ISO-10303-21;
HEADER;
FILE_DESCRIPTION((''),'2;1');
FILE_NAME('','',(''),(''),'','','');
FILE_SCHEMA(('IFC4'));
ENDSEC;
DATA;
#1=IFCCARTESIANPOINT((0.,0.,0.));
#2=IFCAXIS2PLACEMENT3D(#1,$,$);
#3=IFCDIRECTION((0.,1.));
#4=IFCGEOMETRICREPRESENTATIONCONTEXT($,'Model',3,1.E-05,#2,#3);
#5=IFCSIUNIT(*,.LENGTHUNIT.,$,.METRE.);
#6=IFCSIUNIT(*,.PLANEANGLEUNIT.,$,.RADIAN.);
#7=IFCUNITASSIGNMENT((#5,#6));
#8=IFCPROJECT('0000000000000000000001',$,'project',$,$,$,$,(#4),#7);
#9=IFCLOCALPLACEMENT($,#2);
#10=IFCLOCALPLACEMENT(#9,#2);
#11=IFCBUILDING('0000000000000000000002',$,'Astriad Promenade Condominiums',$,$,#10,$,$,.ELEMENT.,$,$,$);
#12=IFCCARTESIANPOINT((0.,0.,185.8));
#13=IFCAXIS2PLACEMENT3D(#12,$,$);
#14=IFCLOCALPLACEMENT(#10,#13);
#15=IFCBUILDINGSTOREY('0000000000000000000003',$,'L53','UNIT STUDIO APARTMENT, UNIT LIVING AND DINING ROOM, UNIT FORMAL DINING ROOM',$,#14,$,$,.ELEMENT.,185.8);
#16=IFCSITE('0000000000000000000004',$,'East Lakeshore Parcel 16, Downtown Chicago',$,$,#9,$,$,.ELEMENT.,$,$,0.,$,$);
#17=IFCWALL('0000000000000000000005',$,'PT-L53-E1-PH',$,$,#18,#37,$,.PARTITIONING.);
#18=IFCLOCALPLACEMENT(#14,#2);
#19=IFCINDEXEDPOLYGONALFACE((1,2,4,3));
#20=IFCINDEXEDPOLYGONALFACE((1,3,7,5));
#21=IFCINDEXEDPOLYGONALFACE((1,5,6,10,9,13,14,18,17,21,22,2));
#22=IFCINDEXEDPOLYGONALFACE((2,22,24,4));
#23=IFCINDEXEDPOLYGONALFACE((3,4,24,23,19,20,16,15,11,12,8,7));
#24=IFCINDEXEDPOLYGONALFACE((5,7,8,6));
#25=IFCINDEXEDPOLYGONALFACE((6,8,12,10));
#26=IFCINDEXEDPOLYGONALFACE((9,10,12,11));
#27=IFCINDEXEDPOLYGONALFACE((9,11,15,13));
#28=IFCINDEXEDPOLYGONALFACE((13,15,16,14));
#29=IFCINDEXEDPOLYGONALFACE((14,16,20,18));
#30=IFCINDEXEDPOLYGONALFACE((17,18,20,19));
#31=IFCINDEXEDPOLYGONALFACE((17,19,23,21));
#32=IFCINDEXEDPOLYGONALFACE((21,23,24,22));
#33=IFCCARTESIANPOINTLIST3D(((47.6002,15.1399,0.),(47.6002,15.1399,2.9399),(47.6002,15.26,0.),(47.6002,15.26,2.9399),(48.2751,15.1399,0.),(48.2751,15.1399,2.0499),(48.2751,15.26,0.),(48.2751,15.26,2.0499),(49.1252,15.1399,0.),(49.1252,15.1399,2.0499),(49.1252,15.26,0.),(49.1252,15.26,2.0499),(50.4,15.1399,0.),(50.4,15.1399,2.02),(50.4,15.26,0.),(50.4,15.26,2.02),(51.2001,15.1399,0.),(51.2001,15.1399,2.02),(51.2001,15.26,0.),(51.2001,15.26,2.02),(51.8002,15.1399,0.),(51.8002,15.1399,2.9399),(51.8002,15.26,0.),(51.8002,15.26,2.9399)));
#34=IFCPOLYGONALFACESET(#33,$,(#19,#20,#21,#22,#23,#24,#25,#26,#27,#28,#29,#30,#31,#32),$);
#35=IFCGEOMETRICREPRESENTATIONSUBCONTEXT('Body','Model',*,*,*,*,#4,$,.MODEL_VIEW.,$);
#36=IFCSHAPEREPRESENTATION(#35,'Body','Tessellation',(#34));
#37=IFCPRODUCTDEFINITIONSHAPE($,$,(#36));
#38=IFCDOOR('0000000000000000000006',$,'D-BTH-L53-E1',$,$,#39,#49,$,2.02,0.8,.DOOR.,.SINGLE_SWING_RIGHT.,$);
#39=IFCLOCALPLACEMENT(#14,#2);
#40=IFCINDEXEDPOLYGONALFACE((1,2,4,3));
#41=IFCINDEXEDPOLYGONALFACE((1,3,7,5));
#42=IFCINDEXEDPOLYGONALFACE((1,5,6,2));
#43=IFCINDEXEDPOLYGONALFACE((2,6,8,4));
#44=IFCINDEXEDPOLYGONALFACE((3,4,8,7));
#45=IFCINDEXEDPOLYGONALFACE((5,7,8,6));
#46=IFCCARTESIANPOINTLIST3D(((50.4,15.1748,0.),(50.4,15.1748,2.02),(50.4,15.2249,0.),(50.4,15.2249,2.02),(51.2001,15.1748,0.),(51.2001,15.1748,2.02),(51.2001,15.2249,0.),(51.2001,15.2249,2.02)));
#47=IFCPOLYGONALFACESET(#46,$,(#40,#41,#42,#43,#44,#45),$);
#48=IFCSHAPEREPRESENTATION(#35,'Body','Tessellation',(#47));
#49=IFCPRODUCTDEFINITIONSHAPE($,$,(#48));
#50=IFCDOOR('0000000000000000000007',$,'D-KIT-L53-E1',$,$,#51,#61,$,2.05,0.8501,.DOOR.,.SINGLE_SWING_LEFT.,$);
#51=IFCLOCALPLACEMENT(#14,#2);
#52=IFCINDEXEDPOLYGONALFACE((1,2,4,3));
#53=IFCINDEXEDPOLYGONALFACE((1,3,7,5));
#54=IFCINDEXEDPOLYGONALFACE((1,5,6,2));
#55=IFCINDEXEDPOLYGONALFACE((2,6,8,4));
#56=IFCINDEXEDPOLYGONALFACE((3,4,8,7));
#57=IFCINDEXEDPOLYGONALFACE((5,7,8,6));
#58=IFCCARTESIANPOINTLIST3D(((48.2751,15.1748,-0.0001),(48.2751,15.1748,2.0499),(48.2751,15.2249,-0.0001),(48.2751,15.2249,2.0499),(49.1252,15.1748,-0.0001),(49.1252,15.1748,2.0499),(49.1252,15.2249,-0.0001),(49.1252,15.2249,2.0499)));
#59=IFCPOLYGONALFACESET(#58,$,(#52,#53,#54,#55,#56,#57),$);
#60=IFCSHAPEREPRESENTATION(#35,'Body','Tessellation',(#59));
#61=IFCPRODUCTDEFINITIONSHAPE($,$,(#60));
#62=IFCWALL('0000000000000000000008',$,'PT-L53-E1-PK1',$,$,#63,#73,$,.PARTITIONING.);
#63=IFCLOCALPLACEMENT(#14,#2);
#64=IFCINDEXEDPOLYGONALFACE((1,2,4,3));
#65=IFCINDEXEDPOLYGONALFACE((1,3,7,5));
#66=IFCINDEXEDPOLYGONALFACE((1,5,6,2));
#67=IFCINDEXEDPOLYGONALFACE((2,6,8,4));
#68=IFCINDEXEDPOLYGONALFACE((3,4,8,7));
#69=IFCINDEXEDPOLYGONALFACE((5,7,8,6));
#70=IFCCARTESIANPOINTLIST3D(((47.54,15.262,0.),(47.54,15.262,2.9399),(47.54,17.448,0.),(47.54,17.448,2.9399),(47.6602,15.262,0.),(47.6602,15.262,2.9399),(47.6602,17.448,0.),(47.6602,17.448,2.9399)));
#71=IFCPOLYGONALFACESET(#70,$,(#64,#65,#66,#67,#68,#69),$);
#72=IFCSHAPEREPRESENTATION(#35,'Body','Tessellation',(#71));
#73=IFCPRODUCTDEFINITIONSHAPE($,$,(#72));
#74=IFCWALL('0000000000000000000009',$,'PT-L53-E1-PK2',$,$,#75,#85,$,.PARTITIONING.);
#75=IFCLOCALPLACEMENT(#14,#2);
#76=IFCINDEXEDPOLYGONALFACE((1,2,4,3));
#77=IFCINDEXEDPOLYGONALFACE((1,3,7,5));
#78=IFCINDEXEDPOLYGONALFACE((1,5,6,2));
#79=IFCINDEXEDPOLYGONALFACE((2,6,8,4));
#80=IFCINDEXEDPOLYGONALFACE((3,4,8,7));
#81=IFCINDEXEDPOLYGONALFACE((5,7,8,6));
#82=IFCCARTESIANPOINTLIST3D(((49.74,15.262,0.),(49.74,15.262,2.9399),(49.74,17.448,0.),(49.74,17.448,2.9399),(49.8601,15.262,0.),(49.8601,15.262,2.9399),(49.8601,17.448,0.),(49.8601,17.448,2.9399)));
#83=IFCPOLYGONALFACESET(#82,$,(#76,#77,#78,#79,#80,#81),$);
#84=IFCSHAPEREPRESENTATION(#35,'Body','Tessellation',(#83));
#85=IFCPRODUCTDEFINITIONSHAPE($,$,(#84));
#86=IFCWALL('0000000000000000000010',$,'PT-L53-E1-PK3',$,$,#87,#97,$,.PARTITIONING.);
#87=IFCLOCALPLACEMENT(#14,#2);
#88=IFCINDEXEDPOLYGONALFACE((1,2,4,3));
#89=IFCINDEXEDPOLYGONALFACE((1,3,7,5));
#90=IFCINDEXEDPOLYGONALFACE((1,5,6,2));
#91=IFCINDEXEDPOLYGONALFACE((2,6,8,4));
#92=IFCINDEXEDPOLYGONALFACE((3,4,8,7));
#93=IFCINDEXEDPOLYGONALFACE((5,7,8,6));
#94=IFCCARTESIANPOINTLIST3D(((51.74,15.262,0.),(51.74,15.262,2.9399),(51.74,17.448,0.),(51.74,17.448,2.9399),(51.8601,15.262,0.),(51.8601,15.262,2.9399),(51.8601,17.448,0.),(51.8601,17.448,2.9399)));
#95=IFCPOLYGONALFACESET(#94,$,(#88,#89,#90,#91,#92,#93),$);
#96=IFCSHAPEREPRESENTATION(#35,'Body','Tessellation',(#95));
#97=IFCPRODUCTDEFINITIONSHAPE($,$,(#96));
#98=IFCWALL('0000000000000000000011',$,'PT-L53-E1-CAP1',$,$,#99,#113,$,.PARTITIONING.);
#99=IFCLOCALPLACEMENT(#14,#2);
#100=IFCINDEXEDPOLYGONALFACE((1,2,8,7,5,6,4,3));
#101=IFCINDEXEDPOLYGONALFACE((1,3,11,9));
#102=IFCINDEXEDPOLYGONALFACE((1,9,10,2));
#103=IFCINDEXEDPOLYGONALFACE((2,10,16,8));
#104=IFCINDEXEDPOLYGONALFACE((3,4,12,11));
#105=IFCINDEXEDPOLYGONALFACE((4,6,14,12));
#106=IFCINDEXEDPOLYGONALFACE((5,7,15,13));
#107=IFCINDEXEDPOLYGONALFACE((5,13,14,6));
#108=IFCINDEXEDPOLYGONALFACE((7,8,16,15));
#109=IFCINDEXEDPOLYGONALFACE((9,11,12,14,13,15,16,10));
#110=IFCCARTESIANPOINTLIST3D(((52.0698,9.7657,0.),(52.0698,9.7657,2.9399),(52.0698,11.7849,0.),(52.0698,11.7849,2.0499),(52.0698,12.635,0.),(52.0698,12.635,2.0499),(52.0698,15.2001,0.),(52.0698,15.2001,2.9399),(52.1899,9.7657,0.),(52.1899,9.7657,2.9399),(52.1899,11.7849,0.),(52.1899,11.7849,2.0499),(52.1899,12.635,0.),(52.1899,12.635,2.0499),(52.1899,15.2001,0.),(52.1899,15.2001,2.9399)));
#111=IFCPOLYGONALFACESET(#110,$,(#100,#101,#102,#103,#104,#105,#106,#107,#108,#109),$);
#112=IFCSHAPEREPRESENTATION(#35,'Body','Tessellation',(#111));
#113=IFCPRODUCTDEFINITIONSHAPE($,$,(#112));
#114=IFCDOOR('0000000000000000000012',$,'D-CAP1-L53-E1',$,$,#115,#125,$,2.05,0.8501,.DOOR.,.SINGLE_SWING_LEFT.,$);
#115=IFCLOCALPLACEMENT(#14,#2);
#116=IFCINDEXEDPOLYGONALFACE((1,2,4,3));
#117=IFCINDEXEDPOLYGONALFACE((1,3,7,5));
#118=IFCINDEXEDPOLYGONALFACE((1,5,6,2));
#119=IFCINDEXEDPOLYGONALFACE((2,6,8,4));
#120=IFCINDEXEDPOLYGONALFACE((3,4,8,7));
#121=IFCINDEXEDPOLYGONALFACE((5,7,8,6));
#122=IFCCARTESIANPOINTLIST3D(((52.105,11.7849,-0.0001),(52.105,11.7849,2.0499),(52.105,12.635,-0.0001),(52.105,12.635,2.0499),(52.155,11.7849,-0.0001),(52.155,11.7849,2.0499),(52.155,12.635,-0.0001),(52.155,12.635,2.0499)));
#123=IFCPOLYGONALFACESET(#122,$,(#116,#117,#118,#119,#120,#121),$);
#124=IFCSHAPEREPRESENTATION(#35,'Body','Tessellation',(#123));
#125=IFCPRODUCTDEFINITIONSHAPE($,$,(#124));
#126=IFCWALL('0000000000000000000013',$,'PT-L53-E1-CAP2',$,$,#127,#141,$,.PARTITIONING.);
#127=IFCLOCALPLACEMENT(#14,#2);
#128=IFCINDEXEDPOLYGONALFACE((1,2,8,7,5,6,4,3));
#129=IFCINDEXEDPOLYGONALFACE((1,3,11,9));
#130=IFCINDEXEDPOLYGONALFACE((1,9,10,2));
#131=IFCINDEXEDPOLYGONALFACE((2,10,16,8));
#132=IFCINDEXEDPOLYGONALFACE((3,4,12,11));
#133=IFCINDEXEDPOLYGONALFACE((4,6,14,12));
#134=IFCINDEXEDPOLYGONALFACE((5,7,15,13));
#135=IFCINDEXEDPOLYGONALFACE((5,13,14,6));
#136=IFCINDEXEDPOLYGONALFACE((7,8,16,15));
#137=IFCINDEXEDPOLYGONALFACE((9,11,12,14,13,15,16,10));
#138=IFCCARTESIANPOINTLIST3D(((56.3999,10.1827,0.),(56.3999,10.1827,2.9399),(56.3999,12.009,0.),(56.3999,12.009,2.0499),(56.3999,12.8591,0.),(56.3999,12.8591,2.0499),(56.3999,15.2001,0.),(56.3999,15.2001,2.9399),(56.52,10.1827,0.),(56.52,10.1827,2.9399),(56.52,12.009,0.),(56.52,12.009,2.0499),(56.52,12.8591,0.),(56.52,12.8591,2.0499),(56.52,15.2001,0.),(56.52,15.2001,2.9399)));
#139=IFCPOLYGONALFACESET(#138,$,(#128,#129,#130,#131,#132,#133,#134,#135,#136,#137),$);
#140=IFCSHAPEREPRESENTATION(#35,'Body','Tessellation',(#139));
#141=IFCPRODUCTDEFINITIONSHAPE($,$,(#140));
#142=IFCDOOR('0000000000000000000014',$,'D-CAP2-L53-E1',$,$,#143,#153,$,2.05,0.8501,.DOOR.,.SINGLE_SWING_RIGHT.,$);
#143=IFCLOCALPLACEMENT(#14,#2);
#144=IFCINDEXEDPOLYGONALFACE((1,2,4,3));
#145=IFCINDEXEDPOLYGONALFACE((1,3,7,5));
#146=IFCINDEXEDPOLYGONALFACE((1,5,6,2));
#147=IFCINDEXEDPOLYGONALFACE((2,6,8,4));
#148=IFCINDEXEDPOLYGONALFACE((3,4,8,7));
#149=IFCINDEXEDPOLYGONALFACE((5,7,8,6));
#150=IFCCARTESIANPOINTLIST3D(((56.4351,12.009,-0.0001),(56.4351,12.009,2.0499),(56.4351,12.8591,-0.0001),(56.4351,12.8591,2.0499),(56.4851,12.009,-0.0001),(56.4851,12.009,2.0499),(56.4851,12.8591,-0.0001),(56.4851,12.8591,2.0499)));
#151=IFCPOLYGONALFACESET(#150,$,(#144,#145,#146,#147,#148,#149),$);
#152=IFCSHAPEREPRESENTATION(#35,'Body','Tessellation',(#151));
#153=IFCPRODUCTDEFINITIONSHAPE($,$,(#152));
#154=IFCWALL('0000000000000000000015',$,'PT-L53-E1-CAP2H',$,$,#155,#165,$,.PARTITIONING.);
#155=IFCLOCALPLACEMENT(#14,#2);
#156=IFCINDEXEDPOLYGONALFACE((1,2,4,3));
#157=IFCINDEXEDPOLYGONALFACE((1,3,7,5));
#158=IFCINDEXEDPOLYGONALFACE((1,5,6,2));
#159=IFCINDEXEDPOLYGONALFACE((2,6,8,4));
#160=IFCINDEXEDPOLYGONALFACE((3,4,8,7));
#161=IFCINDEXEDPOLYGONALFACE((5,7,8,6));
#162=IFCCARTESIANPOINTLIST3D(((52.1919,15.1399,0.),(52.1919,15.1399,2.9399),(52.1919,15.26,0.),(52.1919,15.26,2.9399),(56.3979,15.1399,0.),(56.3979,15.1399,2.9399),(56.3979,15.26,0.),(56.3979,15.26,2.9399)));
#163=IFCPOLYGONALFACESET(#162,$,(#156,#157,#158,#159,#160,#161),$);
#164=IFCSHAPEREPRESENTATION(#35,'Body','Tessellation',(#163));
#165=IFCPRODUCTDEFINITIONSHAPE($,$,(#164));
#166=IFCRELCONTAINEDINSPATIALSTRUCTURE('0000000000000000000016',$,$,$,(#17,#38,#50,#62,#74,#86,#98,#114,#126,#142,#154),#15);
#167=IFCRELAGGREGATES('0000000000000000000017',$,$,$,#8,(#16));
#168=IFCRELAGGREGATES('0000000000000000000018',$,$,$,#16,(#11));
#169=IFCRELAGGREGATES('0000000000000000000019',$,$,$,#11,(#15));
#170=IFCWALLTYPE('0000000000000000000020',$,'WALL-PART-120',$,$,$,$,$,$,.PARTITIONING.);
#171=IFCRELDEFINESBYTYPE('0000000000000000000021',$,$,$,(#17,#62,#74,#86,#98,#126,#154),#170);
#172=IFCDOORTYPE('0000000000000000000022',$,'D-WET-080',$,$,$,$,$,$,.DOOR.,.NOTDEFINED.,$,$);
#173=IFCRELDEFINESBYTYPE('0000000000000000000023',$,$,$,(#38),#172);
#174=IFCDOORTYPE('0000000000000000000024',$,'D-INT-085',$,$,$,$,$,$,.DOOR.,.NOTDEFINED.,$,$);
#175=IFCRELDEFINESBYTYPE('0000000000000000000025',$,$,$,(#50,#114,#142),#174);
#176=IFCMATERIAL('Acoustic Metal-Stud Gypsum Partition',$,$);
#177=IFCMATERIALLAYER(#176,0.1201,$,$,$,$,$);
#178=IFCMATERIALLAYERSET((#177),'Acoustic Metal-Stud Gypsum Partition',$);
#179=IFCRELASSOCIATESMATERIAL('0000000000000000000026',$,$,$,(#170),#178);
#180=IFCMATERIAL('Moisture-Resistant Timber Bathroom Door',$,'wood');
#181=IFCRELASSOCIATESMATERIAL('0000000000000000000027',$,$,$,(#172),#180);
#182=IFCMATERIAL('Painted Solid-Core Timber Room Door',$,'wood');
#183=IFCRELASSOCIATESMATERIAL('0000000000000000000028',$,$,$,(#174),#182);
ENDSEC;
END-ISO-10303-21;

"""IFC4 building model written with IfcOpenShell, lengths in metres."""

from ifc_helpers import new_model, si_unit, direction, frame, frame_2d, origin, place, context, subcontext, project, spatial, rectangle, extrude, source, transform, mapped, material, layer, layer_set, type_object, type_shapes, element, fill, save


model = new_model("IFC4")

# Units and contexts
model_context = context("Model", 3, precision=1e-05, world=origin(), true_north=direction((0.0, 1.0)))
body_context = subcontext(model_context, "Body", "Model", "MODEL_VIEW")
ifc_project = project(units=[si_unit("LENGTHUNIT", "METRE"), si_unit("PLANEANGLEUNIT", "RADIAN")], contexts=[model_context])

# Site, building, storey
site_placement = place(None, origin())
site = spatial("IfcSite", under=ifc_project, at=site_placement, Name="East Lakeshore Parcel 16, Downtown Chicago", CompositionType="ELEMENT", RefElevation=0.0)
building_placement = place(site_placement, origin())
building = spatial("IfcBuilding", under=site, at=building_placement, Name="Astriad Promenade Condominiums", CompositionType="ELEMENT")
storey_placement = place(building_placement, frame((0.0, 0.0, 185.8)))
storey = spatial("IfcBuildingStorey", under=building, at=storey_placement, Name="L53", Description="UNIT STUDIO APARTMENT, UNIT LIVING AND DINING ROOM, UNIT FORMAL DINING ROOM", CompositionType="ELEMENT", Elevation=185.8)

# Wall, openings, doors
ifc_material_1 = material(Name="Acoustic Metal-Stud Gypsum Partition")
ifc_layer_1 = layer(ifc_material_1, 0.1201)
ifc_layer_set_1 = layer_set([ifc_layer_1], Name="Acoustic Metal-Stud Gypsum Partition")
wall_type_1 = type_object("IfcWallType", Name="WALL-PART-120", PredefinedType="PARTITIONING", material=ifc_layer_set_1)
wall_1_placement = place(storey_placement, frame((47.6001, 15.2, 0.0), z_axis=(0.0, 0.0, 1.0), x_axis=(1.0, 0.0, 0.0)))
wall_1 = element("IfcWall", 1, at=wall_1_placement, inside=storey, type_object=wall_type_1, Name="PT-L53-E1-PH", PredefinedType="PARTITIONING", context=body_context, shape_type="SweptSolid", body=[
    extrude(rectangle(XDim=4.2, YDim=0.1201, at=frame_2d((2.1001, 0.0))), origin(), (0.0, 0.0, 1.0), 2.9399),
])
opening_1_placement = place(wall_1_placement, frame((0.675, 0.0, 0.0)))
opening_1 = element("IfcOpeningElement", 2, at=opening_1_placement, cuts=wall_1, PredefinedType="OPENING", context=body_context, shape_type="SweptSolid", body=[
    extrude(rectangle(XDim=0.8501, YDim=2.05, at=frame_2d((0.425, 1.0249))), frame((0.0, 0.0701, 0.0), z_axis=(0.0, -1.0, 0.0), x_axis=(1.0, 0.0, 0.0)), (0.0, 0.0, 1.0), 0.1401),
])
opening_2_placement = place(wall_1_placement, frame((2.8, 0.0, 0.0)))
opening_2 = element("IfcOpeningElement", 3, at=opening_2_placement, cuts=wall_1, PredefinedType="OPENING", context=body_context, shape_type="SweptSolid", body=[
    extrude(rectangle(XDim=0.8, YDim=2.02, at=frame_2d((0.3999, 1.01))), frame((0.0, 0.0701, 0.0), z_axis=(0.0, -1.0, 0.0), x_axis=(1.0, 0.0, 0.0)), (0.0, 0.0, 1.0), 0.1401),
])
ifc_material_2 = material(Name="Moisture-Resistant Timber Bathroom Door", Category="wood")
door_type_1 = type_object("IfcDoorType", Name="D-WET-080", OperationType="NOTDEFINED", PredefinedType="DOOR", material=ifc_material_2)
shared_shape_1 = source(origin(), body_context, "Body", "SweptSolid", [
    extrude(rectangle(XDim=0.8, YDim=2.02, at=frame_2d((0.3999, 1.01))), frame((0.0, 0.0249, 0.0), z_axis=(0.0, -1.0, 0.0), x_axis=(1.0, 0.0, 0.0)), (0.0, 0.0, 1.0), 0.05),
])
type_shapes(door_type_1, [shared_shape_1])
door_1_placement = place(opening_2_placement, origin())
door_1 = element("IfcDoor", 4, at=door_1_placement, inside=storey, type_object=door_type_1, Name="D-BTH-L53-E1", OperationType="SINGLE_SWING_RIGHT", OverallHeight=2.02, OverallWidth=0.8, PredefinedType="DOOR", context=body_context, shape_type="MappedRepresentation", body=[
    mapped(shared_shape_1, transform((0.0, 0.0, 0.0), scale=1.0)),
])
fill(opening_2, door_1)
ifc_material_3 = material(Name="Painted Solid-Core Timber Room Door", Category="wood")
door_type_2 = type_object("IfcDoorType", Name="D-INT-085", OperationType="NOTDEFINED", PredefinedType="DOOR", material=ifc_material_3)
shared_shape_2 = source(origin(), body_context, "Body", "SweptSolid", [
    extrude(rectangle(XDim=0.8501, YDim=2.05, at=frame_2d((0.425, 1.0249))), frame((0.0, 0.0249, 0.0), z_axis=(0.0, -1.0, 0.0), x_axis=(1.0, 0.0, 0.0)), (0.0, 0.0, 1.0), 0.05),
])
type_shapes(door_type_2, [shared_shape_2])
door_2_placement = place(opening_1_placement, origin())
door_2 = element("IfcDoor", 5, at=door_2_placement, inside=storey, type_object=door_type_2, Name="D-KIT-L53-E1", OperationType="SINGLE_SWING_LEFT", OverallHeight=2.05, OverallWidth=0.8501, PredefinedType="DOOR", context=body_context, shape_type="MappedRepresentation", body=[
    mapped(shared_shape_2, transform((0.0, 0.0, 0.0), scale=1.0)),
])
fill(opening_1, door_2)

# Walls
for number, where, z_axis, x_axis, name in (
    (6, (47.6001, 15.262, 0.0), (0.0, 0.0, 1.0), (0.0, 1.0, 0.0), "PT-L53-E1-PK1"),
    (7, (49.8, 15.262, 0.0), (0.0, 0.0, 1.0), (0.0, 1.0, 0.0), "PT-L53-E1-PK2"),
    (8, (51.8, 15.262, 0.0), (0.0, 0.0, 1.0), (0.0, 1.0, 0.0), "PT-L53-E1-PK3"),
):
    element("IfcWall", number, at=place(storey_placement, frame(where, z_axis=z_axis, x_axis=x_axis)), inside=storey, type_object=wall_type_1, Name=name, PredefinedType="PARTITIONING", context=body_context, shape_type="SweptSolid", body=[
        extrude(rectangle(XDim=2.186, YDim=0.1201, at=frame_2d((1.093, 0.0))), origin(), (0.0, 0.0, 1.0), 2.9399),
    ])

# Walls, openings, doors
wall_2_placement = place(storey_placement, frame((52.1299, 9.7656, 0.0), z_axis=(0.0, 0.0, 1.0), x_axis=(0.0, 1.0, 0.0)))
wall_2 = element("IfcWall", 9, at=wall_2_placement, inside=storey, type_object=wall_type_1, Name="PT-L53-E1-CAP1", PredefinedType="PARTITIONING", context=body_context, shape_type="SweptSolid", body=[
    extrude(rectangle(XDim=5.4343, YDim=0.1201, at=frame_2d((2.7173, 0.0))), origin(), (0.0, 0.0, 1.0), 2.9399),
])
opening_3_placement = place(wall_2_placement, frame((2.0193, 0.0, 0.0)))
opening_3 = element("IfcOpeningElement", 10, at=opening_3_placement, cuts=wall_2, PredefinedType="OPENING", context=body_context, shape_type="SweptSolid", body=[
    extrude(rectangle(XDim=0.8501, YDim=2.05, at=frame_2d((0.425, 1.0249))), frame((0.0, 0.0701, 0.0), z_axis=(0.0, -1.0, 0.0), x_axis=(1.0, 0.0, 0.0)), (0.0, 0.0, 1.0), 0.1401),
])
door_3_placement = place(opening_3_placement, origin())
door_3 = element("IfcDoor", 11, at=door_3_placement, inside=storey, type_object=door_type_2, Name="D-CAP1-L53-E1", OperationType="SINGLE_SWING_LEFT", OverallHeight=2.05, OverallWidth=0.8501, PredefinedType="DOOR", context=body_context, shape_type="MappedRepresentation", body=[
    mapped(shared_shape_2, transform((0.0, 0.0, 0.0), scale=1.0)),
])
fill(opening_3, door_3)
wall_3_placement = place(storey_placement, frame((56.46, 10.1826, 0.0), z_axis=(0.0, 0.0, 1.0), x_axis=(0.0, 1.0, 0.0)))
wall_3 = element("IfcWall", 12, at=wall_3_placement, inside=storey, type_object=wall_type_1, Name="PT-L53-E1-CAP2", PredefinedType="PARTITIONING", context=body_context, shape_type="SweptSolid", body=[
    extrude(rectangle(XDim=5.0173, YDim=0.1201, at=frame_2d((2.5088, 0.0))), origin(), (0.0, 0.0, 1.0), 2.9399),
])
opening_4_placement = place(wall_3_placement, frame((1.8264, 0.0, 0.0)))
opening_4 = element("IfcOpeningElement", 13, at=opening_4_placement, cuts=wall_3, PredefinedType="OPENING", context=body_context, shape_type="SweptSolid", body=[
    extrude(rectangle(XDim=0.8501, YDim=2.05, at=frame_2d((0.425, 1.0249))), frame((0.0, 0.0701, 0.0), z_axis=(0.0, -1.0, 0.0), x_axis=(1.0, 0.0, 0.0)), (0.0, 0.0, 1.0), 0.1401),
])
door_4_placement = place(opening_4_placement, origin())
door_4 = element("IfcDoor", 14, at=door_4_placement, inside=storey, type_object=door_type_2, Name="D-CAP2-L53-E1", OperationType="SINGLE_SWING_RIGHT", OverallHeight=2.05, OverallWidth=0.8501, PredefinedType="DOOR", context=body_context, shape_type="MappedRepresentation", body=[
    mapped(shared_shape_2, transform((0.0, 0.0, 0.0), scale=1.0)),
])
fill(opening_4, door_4)

# Wall
wall_4_placement = place(storey_placement, frame((52.1919, 15.2, 0.0), z_axis=(0.0, 0.0, 1.0), x_axis=(1.0, 0.0, 0.0)))
element("IfcWall", 15, at=wall_4_placement, inside=storey, type_object=wall_type_1, Name="PT-L53-E1-CAP2H", PredefinedType="PARTITIONING", context=body_context, shape_type="SweptSolid", body=[
    extrude(rectangle(XDim=4.2061, YDim=0.1201, at=frame_2d((2.103, 0.0))), origin(), (0.0, 0.0, 1.0), 2.9399),
])

save(model, "model.ifc")
